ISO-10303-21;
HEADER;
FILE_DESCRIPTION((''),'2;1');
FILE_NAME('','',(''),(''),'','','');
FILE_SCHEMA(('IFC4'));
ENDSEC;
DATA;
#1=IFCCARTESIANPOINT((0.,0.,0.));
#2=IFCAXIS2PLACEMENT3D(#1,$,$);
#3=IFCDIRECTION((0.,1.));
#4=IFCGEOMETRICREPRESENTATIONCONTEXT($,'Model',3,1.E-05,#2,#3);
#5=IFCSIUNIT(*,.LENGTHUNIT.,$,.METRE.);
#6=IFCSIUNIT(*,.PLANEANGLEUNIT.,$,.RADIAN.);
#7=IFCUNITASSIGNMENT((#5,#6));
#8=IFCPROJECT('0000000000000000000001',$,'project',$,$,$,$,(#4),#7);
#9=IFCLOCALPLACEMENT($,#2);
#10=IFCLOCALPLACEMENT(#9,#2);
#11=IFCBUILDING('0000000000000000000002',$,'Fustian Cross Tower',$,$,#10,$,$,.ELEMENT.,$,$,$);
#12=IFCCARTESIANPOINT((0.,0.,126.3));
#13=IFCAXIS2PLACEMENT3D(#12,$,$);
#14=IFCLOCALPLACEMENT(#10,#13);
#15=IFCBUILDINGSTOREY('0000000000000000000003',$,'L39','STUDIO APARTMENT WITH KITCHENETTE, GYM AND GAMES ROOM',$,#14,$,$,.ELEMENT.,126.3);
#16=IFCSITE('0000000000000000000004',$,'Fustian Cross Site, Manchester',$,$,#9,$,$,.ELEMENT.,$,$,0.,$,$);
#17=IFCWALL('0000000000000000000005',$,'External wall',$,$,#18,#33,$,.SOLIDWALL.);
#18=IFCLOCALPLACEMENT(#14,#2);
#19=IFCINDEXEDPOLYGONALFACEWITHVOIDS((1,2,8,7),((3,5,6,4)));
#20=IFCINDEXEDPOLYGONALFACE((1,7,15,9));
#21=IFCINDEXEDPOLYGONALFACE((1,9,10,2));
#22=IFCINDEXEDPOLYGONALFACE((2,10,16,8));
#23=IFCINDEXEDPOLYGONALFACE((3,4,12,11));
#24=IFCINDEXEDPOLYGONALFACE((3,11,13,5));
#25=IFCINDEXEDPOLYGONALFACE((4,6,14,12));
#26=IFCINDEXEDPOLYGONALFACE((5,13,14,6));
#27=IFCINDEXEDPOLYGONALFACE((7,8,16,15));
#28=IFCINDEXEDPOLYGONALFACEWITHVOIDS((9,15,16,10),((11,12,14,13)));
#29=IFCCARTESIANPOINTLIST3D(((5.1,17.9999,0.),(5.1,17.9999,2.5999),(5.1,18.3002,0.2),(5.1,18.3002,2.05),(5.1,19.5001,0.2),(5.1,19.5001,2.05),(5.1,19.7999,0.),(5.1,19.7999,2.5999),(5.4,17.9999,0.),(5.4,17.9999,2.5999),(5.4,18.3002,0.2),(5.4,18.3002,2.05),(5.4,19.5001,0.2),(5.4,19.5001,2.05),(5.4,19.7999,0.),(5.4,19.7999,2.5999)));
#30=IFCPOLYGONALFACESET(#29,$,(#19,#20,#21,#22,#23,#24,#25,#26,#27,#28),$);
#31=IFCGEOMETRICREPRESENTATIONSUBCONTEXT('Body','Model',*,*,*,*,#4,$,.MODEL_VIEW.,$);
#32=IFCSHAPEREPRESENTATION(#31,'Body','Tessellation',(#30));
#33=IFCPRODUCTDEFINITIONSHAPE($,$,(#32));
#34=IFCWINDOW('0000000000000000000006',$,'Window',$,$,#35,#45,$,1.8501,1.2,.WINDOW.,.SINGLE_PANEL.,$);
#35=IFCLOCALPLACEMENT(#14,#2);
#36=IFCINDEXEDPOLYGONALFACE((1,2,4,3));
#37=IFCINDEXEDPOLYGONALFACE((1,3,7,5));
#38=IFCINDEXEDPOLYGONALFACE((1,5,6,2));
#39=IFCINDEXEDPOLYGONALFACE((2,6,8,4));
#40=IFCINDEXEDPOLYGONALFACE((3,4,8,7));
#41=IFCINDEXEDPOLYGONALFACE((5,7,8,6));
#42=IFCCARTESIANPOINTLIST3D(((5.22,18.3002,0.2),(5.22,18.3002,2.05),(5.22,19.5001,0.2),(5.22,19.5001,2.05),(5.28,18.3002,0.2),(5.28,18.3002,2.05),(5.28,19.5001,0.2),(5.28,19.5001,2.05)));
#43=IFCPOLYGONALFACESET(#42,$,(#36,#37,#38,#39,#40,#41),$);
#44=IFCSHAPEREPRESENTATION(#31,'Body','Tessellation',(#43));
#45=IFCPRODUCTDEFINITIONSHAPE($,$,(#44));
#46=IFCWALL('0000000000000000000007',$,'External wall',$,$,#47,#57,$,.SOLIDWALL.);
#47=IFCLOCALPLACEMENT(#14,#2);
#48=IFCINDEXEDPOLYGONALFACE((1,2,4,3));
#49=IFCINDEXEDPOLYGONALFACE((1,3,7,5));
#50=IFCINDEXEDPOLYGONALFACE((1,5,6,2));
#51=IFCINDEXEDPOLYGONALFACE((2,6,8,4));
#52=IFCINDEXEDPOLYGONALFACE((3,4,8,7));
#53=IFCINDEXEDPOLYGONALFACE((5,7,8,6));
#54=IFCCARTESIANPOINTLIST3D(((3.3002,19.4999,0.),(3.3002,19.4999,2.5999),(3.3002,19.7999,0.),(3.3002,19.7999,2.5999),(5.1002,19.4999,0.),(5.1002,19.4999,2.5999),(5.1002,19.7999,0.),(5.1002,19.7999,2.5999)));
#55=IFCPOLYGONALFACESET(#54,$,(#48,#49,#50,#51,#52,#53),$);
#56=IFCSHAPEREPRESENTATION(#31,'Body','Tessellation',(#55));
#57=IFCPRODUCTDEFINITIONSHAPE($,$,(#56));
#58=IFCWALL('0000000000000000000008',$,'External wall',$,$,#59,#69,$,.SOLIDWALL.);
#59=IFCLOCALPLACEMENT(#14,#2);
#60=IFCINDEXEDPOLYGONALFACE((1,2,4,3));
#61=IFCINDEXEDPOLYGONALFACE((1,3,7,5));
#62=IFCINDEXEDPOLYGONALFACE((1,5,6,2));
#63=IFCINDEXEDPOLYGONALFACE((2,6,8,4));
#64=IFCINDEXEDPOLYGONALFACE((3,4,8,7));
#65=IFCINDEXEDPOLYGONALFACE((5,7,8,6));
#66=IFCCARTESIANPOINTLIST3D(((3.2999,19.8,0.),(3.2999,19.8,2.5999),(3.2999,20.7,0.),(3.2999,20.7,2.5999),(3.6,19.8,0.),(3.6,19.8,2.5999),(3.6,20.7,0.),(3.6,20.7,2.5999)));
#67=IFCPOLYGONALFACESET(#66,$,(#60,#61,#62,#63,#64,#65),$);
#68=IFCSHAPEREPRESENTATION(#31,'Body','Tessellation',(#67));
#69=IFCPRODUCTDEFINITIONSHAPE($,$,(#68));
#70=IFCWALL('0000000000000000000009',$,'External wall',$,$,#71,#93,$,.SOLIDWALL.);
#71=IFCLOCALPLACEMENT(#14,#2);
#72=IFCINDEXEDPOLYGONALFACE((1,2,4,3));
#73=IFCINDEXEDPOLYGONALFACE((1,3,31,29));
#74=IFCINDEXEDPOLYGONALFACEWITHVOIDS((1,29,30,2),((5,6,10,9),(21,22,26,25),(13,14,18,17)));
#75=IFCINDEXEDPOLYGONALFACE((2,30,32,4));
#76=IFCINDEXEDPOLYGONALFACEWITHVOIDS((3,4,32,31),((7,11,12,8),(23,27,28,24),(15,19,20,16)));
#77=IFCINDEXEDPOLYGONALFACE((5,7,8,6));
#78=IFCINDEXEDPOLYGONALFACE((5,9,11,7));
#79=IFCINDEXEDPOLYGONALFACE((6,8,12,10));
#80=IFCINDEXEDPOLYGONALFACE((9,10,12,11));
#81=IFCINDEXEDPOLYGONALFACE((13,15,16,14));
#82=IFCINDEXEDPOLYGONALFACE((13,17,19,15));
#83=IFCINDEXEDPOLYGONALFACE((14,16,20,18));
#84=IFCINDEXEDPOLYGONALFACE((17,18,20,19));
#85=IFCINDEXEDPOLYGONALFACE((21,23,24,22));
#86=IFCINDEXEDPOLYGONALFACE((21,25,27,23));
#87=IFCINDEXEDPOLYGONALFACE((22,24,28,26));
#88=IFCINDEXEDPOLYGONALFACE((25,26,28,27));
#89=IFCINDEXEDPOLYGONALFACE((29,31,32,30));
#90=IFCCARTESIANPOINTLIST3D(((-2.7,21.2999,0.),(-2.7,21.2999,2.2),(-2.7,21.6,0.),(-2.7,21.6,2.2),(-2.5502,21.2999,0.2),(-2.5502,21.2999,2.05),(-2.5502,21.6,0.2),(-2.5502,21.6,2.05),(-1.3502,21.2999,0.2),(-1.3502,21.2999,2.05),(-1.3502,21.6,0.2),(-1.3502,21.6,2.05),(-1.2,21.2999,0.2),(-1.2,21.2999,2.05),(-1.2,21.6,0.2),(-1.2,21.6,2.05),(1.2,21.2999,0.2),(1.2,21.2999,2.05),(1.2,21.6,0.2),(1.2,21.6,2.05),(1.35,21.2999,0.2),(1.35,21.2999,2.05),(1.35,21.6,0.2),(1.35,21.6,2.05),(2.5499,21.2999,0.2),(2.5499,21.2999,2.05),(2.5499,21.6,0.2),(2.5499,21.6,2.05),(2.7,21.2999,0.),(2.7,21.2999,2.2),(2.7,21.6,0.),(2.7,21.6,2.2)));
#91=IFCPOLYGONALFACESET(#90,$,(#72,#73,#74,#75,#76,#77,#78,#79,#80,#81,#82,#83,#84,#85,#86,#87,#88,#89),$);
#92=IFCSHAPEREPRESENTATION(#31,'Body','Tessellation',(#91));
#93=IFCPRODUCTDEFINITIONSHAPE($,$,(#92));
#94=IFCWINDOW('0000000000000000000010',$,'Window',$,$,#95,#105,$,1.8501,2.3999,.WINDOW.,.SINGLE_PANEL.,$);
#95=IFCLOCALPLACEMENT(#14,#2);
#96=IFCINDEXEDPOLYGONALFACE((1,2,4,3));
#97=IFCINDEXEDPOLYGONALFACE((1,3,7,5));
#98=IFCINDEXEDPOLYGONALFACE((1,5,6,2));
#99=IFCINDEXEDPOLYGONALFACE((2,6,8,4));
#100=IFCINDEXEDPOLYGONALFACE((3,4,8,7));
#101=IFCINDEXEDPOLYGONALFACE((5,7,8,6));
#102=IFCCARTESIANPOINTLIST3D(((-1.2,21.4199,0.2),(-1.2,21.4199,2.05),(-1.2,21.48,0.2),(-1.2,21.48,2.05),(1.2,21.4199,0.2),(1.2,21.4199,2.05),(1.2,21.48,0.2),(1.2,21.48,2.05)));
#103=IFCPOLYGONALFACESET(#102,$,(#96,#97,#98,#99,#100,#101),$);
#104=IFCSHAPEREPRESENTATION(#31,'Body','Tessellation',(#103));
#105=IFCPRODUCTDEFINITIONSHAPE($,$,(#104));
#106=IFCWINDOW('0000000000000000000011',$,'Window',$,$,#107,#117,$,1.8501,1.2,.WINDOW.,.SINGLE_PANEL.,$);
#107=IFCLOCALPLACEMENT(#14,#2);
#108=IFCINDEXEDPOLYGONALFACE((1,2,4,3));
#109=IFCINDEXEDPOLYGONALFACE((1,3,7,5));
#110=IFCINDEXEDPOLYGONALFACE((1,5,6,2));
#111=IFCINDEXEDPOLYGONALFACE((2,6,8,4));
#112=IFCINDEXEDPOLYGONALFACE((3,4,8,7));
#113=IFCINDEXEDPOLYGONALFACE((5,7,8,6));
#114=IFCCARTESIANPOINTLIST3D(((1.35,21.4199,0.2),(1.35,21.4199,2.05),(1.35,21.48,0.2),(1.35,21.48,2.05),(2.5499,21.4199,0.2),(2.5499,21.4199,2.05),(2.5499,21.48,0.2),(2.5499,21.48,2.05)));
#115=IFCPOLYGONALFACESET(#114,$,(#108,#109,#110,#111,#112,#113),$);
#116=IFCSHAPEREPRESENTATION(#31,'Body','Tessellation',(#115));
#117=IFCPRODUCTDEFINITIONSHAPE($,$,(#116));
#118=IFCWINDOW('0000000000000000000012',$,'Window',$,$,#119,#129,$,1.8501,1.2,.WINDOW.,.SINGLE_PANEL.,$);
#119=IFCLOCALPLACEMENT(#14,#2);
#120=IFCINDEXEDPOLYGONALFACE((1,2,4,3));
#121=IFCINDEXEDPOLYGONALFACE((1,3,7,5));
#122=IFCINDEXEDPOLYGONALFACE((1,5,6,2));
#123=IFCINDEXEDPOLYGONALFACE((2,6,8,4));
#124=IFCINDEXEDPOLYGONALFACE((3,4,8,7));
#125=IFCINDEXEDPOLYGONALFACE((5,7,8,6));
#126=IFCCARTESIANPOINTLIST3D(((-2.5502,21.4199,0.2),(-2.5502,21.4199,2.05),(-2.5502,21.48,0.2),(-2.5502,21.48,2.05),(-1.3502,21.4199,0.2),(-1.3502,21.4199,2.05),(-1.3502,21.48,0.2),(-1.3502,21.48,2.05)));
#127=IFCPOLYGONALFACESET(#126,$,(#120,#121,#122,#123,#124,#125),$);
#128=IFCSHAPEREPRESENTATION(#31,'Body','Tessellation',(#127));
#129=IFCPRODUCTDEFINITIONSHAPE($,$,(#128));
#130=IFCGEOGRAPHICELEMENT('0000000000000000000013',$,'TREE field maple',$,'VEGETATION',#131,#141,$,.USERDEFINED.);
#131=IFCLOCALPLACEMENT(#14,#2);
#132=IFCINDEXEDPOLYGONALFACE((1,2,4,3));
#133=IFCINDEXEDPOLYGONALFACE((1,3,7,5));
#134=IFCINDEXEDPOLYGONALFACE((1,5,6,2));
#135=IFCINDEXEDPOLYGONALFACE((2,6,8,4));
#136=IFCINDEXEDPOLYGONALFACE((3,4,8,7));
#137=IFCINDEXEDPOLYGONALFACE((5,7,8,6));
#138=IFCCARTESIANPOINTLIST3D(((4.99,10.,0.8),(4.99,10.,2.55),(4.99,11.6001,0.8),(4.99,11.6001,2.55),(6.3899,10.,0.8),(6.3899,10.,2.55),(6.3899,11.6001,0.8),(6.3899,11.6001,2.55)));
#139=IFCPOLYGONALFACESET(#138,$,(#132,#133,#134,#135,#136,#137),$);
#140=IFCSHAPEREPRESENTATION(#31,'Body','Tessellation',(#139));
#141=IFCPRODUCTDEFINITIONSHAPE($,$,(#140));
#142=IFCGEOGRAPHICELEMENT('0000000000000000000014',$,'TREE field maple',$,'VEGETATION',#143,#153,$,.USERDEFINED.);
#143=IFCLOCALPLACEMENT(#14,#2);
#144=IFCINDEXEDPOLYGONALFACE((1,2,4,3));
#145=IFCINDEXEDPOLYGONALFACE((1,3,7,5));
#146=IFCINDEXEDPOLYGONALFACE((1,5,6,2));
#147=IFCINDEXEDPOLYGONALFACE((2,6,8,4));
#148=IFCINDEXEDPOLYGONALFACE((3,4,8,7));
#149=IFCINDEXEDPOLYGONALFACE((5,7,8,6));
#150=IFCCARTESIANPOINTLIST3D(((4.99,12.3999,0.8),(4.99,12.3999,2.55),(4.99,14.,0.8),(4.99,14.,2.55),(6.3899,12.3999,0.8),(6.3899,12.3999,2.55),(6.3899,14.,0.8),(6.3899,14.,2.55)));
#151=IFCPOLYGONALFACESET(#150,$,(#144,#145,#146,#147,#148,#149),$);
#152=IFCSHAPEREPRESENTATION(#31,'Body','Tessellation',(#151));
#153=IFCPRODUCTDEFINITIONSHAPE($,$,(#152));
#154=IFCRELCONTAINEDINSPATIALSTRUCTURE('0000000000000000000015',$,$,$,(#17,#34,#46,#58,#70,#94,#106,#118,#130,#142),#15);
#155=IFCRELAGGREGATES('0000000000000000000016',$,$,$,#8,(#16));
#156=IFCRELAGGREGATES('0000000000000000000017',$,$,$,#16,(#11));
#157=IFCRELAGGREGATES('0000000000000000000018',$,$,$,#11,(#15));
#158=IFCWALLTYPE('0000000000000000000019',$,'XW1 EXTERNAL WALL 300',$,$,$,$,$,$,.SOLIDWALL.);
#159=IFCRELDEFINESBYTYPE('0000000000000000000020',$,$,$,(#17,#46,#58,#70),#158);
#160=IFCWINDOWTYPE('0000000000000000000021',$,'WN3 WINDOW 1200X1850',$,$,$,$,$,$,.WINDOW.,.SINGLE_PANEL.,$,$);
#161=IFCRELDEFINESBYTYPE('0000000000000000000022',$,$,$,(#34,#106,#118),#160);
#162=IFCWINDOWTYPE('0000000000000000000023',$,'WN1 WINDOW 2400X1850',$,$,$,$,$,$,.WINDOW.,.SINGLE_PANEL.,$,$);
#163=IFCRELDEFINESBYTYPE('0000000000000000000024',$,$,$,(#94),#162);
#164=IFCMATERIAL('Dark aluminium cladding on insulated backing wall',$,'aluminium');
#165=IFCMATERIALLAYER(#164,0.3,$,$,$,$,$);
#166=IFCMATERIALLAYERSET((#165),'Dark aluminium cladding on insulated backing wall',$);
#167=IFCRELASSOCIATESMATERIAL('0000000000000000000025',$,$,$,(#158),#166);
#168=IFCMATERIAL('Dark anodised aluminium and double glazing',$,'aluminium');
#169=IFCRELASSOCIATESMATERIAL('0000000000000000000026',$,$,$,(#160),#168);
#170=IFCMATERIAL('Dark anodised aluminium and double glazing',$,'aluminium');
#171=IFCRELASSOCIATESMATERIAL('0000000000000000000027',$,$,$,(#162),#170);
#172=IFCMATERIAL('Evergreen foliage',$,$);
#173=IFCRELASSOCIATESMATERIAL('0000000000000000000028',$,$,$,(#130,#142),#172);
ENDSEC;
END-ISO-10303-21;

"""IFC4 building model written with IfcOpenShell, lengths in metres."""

from ifc_helpers import new_model, si_unit, direction, frame, frame_2d, origin, origin_2d, place, context, subcontext, project, spatial, rectangle, extrude, material, layer, layer_set, type_object, element, fill, save


model = new_model("IFC4")

# Units and contexts
model_context = context("Model", 3, precision=1e-05, world=origin(), true_north=direction((0.0, 1.0)))
body_context = subcontext(model_context, "Body", "Model", "MODEL_VIEW")
ifc_project = project(units=[si_unit("LENGTHUNIT", "METRE"), si_unit("PLANEANGLEUNIT", "RADIAN")], contexts=[model_context])

# Site, building, storey
site_placement = place(None, origin())
site = spatial("IfcSite", under=ifc_project, at=site_placement, Name="Fustian Cross Site, Manchester", CompositionType="ELEMENT", RefElevation=0.0)
building_placement = place(site_placement, origin())
building = spatial("IfcBuilding", under=site, at=building_placement, Name="Fustian Cross Tower", CompositionType="ELEMENT")
storey_placement = place(building_placement, frame((0.0, 0.0, 126.3)))
storey = spatial("IfcBuildingStorey", under=building, at=storey_placement, Name="L39", Description="STUDIO APARTMENT WITH KITCHENETTE, GYM AND GAMES ROOM", CompositionType="ELEMENT", Elevation=126.3)

# Shared definitions
ifc_material_1 = material(Name="Dark aluminium cladding on insulated backing wall", Category="aluminium")
ifc_layer_1 = layer(ifc_material_1, 0.3)
ifc_layer_set_1 = layer_set([ifc_layer_1], Name="Dark aluminium cladding on insulated backing wall")
wall_type_1 = type_object("IfcWallType", Name="XW1 EXTERNAL WALL 300", PredefinedType="SOLIDWALL", material=ifc_layer_set_1)

# Wall, opening, window
wall_1_placement = place(storey_placement, frame((5.25, 18.0, 0.0), z_axis=(0.0, 0.0, 1.0), x_axis=(0.0, 1.0, 0.0)))
wall_1 = element("IfcWall", 1, at=wall_1_placement, inside=storey, type_object=wall_type_1, Name="External wall", PredefinedType="SOLIDWALL", context=body_context, shape_type="SweptSolid", body=[
    extrude(rectangle(XDim=1.8, YDim=0.3, at=frame_2d((0.8999, 0.0))), origin(), (0.0, 0.0, 1.0), 2.5999),
])
opening_1_placement = place(wall_1_placement, frame((0.3, 0.0, 0.2)))
opening_1 = element("IfcOpeningElement", 2, at=opening_1_placement, cuts=wall_1, PredefinedType="OPENING", context=body_context, shape_type="SweptSolid", body=[
    extrude(rectangle(XDim=1.2, YDim=1.8501, at=frame_2d((0.6001, 0.925))), frame((0.0, 0.1599, 0.0), z_axis=(0.0, -1.0, 0.0), x_axis=(1.0, 0.0, 0.0)), (0.0, 0.0, 1.0), 0.3201),
])
ifc_material_2 = material(Name="Dark anodised aluminium and double glazing", Category="aluminium")
window_type_1 = type_object("IfcWindowType", Name="WN3 WINDOW 1200X1850", PartitioningType="SINGLE_PANEL", PredefinedType="WINDOW", material=ifc_material_2)
window_1_placement = place(opening_1_placement, origin())
window_1 = element("IfcWindow", 3, at=window_1_placement, inside=storey, type_object=window_type_1, Name="Window", OverallHeight=1.8501, OverallWidth=1.2, PartitioningType="SINGLE_PANEL", PredefinedType="WINDOW", context=body_context, shape_type="SweptSolid", body=[
    extrude(rectangle(XDim=1.2, YDim=1.8501, at=frame_2d((0.6001, 0.925))), frame((0.0, 0.03, 0.0), z_axis=(0.0, -1.0, 0.0), x_axis=(1.0, 0.0, 0.0)), (0.0, 0.0, 1.0), 0.0601),
])
fill(opening_1, window_1)

# Walls
wall_2_placement = place(storey_placement, frame((5.1001, 19.6499, 0.0), z_axis=(0.0, 0.0, 1.0), x_axis=(-1.0, 0.0, 0.0)))
element("IfcWall", 4, at=wall_2_placement, inside=storey, type_object=wall_type_1, Name="External wall", PredefinedType="SOLIDWALL", context=body_context, shape_type="SweptSolid", body=[
    extrude(rectangle(XDim=1.8, YDim=0.3, at=frame_2d((0.8999, 0.0))), origin(), (0.0, 0.0, 1.0), 2.5999),
])
wall_3_placement = place(storey_placement, frame((3.45, 19.8, 0.0), z_axis=(0.0, 0.0, 1.0), x_axis=(0.0, 1.0, 0.0)))
element("IfcWall", 5, at=wall_3_placement, inside=storey, type_object=wall_type_1, Name="External wall", PredefinedType="SOLIDWALL", context=body_context, shape_type="SweptSolid", body=[
    extrude(rectangle(XDim=0.8999, YDim=0.3, at=frame_2d((0.45, 0.0))), origin(), (0.0, 0.0, 1.0), 2.5999),
])

# Wall, openings, windows
wall_4_placement = place(storey_placement, frame((2.7, 21.45, 0.0), z_axis=(0.0, 0.0, 1.0), x_axis=(-1.0, 0.0, 0.0)))
wall_4 = element("IfcWall", 6, at=wall_4_placement, inside=storey, type_object=wall_type_1, Name="External wall", PredefinedType="SOLIDWALL", context=body_context, shape_type="SweptSolid", body=[
    extrude(rectangle(XDim=5.3999, YDim=0.3, at=frame_2d((2.7, 0.0))), origin(), (0.0, 0.0, 1.0), 2.2),
])
opening_2_placement = place(wall_4_placement, frame((1.5, 0.0, 0.2)))
opening_2 = element("IfcOpeningElement", 7, at=opening_2_placement, cuts=wall_4, PredefinedType="OPENING", context=body_context, shape_type="SweptSolid", body=[
    extrude(rectangle(XDim=2.3999, YDim=1.8501, at=frame_2d((1.2, 0.925))), frame((0.0, 0.1599, 0.0), z_axis=(0.0, -1.0, 0.0), x_axis=(1.0, 0.0, 0.0)), (0.0, 0.0, 1.0), 0.3201),
])
opening_3_placement = place(wall_4_placement, frame((0.1499, 0.0, 0.2)))
opening_3 = element("IfcOpeningElement", 8, at=opening_3_placement, cuts=wall_4, PredefinedType="OPENING", context=body_context, shape_type="SweptSolid", body=[
    extrude(rectangle(XDim=1.2, YDim=1.8501, at=frame_2d((0.6001, 0.925))), frame((0.0, 0.1599, 0.0), z_axis=(0.0, -1.0, 0.0), x_axis=(1.0, 0.0, 0.0)), (0.0, 0.0, 1.0), 0.3201),
])
opening_4_placement = place(wall_4_placement, frame((4.05, 0.0, 0.2)))
opening_4 = element("IfcOpeningElement", 9, at=opening_4_placement, cuts=wall_4, PredefinedType="OPENING", context=body_context, shape_type="SweptSolid", body=[
    extrude(rectangle(XDim=1.2, YDim=1.8501, at=frame_2d((0.6001, 0.925))), frame((0.0, 0.1599, 0.0), z_axis=(0.0, -1.0, 0.0), x_axis=(1.0, 0.0, 0.0)), (0.0, 0.0, 1.0), 0.3201),
])
ifc_material_3 = material(Name="Dark anodised aluminium and double glazing", Category="aluminium")
window_type_2 = type_object("IfcWindowType", Name="WN1 WINDOW 2400X1850", PartitioningType="SINGLE_PANEL", PredefinedType="WINDOW", material=ifc_material_3)
window_2_placement = place(opening_2_placement, origin())
window_2 = element("IfcWindow", 10, at=window_2_placement, inside=storey, type_object=window_type_2, Name="Window", OverallHeight=1.8501, OverallWidth=2.3999, PartitioningType="SINGLE_PANEL", PredefinedType="WINDOW", context=body_context, shape_type="SweptSolid", body=[
    extrude(rectangle(XDim=2.3999, YDim=1.8501, at=frame_2d((1.2, 0.925))), frame((0.0, 0.03, 0.0), z_axis=(0.0, -1.0, 0.0), x_axis=(1.0, 0.0, 0.0)), (0.0, 0.0, 1.0), 0.0601),
])
fill(opening_2, window_2)
window_3_placement = place(opening_3_placement, origin())
window_3 = element("IfcWindow", 11, at=window_3_placement, inside=storey, type_object=window_type_1, Name="Window", OverallHeight=1.8501, OverallWidth=1.2, PartitioningType="SINGLE_PANEL", PredefinedType="WINDOW", context=body_context, shape_type="SweptSolid", body=[
    extrude(rectangle(XDim=1.2, YDim=1.8501, at=frame_2d((0.6001, 0.925))), frame((0.0, 0.03, 0.0), z_axis=(0.0, -1.0, 0.0), x_axis=(1.0, 0.0, 0.0)), (0.0, 0.0, 1.0), 0.0601),
])
fill(opening_3, window_3)
window_4_placement = place(opening_4_placement, origin())
window_4 = element("IfcWindow", 12, at=window_4_placement, inside=storey, type_object=window_type_1, Name="Window", OverallHeight=1.8501, OverallWidth=1.2, PartitioningType="SINGLE_PANEL", PredefinedType="WINDOW", context=body_context, shape_type="SweptSolid", body=[
    extrude(rectangle(XDim=1.2, YDim=1.8501, at=frame_2d((0.6001, 0.925))), frame((0.0, 0.03, 0.0), z_axis=(0.0, -1.0, 0.0), x_axis=(1.0, 0.0, 0.0)), (0.0, 0.0, 1.0), 0.0601),
])
fill(opening_4, window_4)

# Geographic elements
ifc_material_4 = material(Name="Evergreen foliage")
for number, where, z_axis, x_axis, name in (
    (13, (5.6899, 10.8, 0.8), (0.0, 0.0, 1.0), (1.0, 0.0, 0.0), "TREE field maple"),
    (14, (5.6899, 13.2, 0.8), (0.0, 0.0, 1.0), (1.0, 0.0, 0.0), "TREE field maple"),
):
    element("IfcGeographicElement", number, at=place(storey_placement, frame(where, z_axis=z_axis, x_axis=x_axis)), inside=storey, material=ifc_material_4, Name=name, ObjectType="VEGETATION", PredefinedType="USERDEFINED", context=body_context, shape_type="SweptSolid", body=[
        extrude(rectangle(XDim=1.3999, YDim=1.6001, at=origin_2d()), origin(), (0.0, 0.0, 1.0), 1.75),
    ])

save(model, "model.ifc")
